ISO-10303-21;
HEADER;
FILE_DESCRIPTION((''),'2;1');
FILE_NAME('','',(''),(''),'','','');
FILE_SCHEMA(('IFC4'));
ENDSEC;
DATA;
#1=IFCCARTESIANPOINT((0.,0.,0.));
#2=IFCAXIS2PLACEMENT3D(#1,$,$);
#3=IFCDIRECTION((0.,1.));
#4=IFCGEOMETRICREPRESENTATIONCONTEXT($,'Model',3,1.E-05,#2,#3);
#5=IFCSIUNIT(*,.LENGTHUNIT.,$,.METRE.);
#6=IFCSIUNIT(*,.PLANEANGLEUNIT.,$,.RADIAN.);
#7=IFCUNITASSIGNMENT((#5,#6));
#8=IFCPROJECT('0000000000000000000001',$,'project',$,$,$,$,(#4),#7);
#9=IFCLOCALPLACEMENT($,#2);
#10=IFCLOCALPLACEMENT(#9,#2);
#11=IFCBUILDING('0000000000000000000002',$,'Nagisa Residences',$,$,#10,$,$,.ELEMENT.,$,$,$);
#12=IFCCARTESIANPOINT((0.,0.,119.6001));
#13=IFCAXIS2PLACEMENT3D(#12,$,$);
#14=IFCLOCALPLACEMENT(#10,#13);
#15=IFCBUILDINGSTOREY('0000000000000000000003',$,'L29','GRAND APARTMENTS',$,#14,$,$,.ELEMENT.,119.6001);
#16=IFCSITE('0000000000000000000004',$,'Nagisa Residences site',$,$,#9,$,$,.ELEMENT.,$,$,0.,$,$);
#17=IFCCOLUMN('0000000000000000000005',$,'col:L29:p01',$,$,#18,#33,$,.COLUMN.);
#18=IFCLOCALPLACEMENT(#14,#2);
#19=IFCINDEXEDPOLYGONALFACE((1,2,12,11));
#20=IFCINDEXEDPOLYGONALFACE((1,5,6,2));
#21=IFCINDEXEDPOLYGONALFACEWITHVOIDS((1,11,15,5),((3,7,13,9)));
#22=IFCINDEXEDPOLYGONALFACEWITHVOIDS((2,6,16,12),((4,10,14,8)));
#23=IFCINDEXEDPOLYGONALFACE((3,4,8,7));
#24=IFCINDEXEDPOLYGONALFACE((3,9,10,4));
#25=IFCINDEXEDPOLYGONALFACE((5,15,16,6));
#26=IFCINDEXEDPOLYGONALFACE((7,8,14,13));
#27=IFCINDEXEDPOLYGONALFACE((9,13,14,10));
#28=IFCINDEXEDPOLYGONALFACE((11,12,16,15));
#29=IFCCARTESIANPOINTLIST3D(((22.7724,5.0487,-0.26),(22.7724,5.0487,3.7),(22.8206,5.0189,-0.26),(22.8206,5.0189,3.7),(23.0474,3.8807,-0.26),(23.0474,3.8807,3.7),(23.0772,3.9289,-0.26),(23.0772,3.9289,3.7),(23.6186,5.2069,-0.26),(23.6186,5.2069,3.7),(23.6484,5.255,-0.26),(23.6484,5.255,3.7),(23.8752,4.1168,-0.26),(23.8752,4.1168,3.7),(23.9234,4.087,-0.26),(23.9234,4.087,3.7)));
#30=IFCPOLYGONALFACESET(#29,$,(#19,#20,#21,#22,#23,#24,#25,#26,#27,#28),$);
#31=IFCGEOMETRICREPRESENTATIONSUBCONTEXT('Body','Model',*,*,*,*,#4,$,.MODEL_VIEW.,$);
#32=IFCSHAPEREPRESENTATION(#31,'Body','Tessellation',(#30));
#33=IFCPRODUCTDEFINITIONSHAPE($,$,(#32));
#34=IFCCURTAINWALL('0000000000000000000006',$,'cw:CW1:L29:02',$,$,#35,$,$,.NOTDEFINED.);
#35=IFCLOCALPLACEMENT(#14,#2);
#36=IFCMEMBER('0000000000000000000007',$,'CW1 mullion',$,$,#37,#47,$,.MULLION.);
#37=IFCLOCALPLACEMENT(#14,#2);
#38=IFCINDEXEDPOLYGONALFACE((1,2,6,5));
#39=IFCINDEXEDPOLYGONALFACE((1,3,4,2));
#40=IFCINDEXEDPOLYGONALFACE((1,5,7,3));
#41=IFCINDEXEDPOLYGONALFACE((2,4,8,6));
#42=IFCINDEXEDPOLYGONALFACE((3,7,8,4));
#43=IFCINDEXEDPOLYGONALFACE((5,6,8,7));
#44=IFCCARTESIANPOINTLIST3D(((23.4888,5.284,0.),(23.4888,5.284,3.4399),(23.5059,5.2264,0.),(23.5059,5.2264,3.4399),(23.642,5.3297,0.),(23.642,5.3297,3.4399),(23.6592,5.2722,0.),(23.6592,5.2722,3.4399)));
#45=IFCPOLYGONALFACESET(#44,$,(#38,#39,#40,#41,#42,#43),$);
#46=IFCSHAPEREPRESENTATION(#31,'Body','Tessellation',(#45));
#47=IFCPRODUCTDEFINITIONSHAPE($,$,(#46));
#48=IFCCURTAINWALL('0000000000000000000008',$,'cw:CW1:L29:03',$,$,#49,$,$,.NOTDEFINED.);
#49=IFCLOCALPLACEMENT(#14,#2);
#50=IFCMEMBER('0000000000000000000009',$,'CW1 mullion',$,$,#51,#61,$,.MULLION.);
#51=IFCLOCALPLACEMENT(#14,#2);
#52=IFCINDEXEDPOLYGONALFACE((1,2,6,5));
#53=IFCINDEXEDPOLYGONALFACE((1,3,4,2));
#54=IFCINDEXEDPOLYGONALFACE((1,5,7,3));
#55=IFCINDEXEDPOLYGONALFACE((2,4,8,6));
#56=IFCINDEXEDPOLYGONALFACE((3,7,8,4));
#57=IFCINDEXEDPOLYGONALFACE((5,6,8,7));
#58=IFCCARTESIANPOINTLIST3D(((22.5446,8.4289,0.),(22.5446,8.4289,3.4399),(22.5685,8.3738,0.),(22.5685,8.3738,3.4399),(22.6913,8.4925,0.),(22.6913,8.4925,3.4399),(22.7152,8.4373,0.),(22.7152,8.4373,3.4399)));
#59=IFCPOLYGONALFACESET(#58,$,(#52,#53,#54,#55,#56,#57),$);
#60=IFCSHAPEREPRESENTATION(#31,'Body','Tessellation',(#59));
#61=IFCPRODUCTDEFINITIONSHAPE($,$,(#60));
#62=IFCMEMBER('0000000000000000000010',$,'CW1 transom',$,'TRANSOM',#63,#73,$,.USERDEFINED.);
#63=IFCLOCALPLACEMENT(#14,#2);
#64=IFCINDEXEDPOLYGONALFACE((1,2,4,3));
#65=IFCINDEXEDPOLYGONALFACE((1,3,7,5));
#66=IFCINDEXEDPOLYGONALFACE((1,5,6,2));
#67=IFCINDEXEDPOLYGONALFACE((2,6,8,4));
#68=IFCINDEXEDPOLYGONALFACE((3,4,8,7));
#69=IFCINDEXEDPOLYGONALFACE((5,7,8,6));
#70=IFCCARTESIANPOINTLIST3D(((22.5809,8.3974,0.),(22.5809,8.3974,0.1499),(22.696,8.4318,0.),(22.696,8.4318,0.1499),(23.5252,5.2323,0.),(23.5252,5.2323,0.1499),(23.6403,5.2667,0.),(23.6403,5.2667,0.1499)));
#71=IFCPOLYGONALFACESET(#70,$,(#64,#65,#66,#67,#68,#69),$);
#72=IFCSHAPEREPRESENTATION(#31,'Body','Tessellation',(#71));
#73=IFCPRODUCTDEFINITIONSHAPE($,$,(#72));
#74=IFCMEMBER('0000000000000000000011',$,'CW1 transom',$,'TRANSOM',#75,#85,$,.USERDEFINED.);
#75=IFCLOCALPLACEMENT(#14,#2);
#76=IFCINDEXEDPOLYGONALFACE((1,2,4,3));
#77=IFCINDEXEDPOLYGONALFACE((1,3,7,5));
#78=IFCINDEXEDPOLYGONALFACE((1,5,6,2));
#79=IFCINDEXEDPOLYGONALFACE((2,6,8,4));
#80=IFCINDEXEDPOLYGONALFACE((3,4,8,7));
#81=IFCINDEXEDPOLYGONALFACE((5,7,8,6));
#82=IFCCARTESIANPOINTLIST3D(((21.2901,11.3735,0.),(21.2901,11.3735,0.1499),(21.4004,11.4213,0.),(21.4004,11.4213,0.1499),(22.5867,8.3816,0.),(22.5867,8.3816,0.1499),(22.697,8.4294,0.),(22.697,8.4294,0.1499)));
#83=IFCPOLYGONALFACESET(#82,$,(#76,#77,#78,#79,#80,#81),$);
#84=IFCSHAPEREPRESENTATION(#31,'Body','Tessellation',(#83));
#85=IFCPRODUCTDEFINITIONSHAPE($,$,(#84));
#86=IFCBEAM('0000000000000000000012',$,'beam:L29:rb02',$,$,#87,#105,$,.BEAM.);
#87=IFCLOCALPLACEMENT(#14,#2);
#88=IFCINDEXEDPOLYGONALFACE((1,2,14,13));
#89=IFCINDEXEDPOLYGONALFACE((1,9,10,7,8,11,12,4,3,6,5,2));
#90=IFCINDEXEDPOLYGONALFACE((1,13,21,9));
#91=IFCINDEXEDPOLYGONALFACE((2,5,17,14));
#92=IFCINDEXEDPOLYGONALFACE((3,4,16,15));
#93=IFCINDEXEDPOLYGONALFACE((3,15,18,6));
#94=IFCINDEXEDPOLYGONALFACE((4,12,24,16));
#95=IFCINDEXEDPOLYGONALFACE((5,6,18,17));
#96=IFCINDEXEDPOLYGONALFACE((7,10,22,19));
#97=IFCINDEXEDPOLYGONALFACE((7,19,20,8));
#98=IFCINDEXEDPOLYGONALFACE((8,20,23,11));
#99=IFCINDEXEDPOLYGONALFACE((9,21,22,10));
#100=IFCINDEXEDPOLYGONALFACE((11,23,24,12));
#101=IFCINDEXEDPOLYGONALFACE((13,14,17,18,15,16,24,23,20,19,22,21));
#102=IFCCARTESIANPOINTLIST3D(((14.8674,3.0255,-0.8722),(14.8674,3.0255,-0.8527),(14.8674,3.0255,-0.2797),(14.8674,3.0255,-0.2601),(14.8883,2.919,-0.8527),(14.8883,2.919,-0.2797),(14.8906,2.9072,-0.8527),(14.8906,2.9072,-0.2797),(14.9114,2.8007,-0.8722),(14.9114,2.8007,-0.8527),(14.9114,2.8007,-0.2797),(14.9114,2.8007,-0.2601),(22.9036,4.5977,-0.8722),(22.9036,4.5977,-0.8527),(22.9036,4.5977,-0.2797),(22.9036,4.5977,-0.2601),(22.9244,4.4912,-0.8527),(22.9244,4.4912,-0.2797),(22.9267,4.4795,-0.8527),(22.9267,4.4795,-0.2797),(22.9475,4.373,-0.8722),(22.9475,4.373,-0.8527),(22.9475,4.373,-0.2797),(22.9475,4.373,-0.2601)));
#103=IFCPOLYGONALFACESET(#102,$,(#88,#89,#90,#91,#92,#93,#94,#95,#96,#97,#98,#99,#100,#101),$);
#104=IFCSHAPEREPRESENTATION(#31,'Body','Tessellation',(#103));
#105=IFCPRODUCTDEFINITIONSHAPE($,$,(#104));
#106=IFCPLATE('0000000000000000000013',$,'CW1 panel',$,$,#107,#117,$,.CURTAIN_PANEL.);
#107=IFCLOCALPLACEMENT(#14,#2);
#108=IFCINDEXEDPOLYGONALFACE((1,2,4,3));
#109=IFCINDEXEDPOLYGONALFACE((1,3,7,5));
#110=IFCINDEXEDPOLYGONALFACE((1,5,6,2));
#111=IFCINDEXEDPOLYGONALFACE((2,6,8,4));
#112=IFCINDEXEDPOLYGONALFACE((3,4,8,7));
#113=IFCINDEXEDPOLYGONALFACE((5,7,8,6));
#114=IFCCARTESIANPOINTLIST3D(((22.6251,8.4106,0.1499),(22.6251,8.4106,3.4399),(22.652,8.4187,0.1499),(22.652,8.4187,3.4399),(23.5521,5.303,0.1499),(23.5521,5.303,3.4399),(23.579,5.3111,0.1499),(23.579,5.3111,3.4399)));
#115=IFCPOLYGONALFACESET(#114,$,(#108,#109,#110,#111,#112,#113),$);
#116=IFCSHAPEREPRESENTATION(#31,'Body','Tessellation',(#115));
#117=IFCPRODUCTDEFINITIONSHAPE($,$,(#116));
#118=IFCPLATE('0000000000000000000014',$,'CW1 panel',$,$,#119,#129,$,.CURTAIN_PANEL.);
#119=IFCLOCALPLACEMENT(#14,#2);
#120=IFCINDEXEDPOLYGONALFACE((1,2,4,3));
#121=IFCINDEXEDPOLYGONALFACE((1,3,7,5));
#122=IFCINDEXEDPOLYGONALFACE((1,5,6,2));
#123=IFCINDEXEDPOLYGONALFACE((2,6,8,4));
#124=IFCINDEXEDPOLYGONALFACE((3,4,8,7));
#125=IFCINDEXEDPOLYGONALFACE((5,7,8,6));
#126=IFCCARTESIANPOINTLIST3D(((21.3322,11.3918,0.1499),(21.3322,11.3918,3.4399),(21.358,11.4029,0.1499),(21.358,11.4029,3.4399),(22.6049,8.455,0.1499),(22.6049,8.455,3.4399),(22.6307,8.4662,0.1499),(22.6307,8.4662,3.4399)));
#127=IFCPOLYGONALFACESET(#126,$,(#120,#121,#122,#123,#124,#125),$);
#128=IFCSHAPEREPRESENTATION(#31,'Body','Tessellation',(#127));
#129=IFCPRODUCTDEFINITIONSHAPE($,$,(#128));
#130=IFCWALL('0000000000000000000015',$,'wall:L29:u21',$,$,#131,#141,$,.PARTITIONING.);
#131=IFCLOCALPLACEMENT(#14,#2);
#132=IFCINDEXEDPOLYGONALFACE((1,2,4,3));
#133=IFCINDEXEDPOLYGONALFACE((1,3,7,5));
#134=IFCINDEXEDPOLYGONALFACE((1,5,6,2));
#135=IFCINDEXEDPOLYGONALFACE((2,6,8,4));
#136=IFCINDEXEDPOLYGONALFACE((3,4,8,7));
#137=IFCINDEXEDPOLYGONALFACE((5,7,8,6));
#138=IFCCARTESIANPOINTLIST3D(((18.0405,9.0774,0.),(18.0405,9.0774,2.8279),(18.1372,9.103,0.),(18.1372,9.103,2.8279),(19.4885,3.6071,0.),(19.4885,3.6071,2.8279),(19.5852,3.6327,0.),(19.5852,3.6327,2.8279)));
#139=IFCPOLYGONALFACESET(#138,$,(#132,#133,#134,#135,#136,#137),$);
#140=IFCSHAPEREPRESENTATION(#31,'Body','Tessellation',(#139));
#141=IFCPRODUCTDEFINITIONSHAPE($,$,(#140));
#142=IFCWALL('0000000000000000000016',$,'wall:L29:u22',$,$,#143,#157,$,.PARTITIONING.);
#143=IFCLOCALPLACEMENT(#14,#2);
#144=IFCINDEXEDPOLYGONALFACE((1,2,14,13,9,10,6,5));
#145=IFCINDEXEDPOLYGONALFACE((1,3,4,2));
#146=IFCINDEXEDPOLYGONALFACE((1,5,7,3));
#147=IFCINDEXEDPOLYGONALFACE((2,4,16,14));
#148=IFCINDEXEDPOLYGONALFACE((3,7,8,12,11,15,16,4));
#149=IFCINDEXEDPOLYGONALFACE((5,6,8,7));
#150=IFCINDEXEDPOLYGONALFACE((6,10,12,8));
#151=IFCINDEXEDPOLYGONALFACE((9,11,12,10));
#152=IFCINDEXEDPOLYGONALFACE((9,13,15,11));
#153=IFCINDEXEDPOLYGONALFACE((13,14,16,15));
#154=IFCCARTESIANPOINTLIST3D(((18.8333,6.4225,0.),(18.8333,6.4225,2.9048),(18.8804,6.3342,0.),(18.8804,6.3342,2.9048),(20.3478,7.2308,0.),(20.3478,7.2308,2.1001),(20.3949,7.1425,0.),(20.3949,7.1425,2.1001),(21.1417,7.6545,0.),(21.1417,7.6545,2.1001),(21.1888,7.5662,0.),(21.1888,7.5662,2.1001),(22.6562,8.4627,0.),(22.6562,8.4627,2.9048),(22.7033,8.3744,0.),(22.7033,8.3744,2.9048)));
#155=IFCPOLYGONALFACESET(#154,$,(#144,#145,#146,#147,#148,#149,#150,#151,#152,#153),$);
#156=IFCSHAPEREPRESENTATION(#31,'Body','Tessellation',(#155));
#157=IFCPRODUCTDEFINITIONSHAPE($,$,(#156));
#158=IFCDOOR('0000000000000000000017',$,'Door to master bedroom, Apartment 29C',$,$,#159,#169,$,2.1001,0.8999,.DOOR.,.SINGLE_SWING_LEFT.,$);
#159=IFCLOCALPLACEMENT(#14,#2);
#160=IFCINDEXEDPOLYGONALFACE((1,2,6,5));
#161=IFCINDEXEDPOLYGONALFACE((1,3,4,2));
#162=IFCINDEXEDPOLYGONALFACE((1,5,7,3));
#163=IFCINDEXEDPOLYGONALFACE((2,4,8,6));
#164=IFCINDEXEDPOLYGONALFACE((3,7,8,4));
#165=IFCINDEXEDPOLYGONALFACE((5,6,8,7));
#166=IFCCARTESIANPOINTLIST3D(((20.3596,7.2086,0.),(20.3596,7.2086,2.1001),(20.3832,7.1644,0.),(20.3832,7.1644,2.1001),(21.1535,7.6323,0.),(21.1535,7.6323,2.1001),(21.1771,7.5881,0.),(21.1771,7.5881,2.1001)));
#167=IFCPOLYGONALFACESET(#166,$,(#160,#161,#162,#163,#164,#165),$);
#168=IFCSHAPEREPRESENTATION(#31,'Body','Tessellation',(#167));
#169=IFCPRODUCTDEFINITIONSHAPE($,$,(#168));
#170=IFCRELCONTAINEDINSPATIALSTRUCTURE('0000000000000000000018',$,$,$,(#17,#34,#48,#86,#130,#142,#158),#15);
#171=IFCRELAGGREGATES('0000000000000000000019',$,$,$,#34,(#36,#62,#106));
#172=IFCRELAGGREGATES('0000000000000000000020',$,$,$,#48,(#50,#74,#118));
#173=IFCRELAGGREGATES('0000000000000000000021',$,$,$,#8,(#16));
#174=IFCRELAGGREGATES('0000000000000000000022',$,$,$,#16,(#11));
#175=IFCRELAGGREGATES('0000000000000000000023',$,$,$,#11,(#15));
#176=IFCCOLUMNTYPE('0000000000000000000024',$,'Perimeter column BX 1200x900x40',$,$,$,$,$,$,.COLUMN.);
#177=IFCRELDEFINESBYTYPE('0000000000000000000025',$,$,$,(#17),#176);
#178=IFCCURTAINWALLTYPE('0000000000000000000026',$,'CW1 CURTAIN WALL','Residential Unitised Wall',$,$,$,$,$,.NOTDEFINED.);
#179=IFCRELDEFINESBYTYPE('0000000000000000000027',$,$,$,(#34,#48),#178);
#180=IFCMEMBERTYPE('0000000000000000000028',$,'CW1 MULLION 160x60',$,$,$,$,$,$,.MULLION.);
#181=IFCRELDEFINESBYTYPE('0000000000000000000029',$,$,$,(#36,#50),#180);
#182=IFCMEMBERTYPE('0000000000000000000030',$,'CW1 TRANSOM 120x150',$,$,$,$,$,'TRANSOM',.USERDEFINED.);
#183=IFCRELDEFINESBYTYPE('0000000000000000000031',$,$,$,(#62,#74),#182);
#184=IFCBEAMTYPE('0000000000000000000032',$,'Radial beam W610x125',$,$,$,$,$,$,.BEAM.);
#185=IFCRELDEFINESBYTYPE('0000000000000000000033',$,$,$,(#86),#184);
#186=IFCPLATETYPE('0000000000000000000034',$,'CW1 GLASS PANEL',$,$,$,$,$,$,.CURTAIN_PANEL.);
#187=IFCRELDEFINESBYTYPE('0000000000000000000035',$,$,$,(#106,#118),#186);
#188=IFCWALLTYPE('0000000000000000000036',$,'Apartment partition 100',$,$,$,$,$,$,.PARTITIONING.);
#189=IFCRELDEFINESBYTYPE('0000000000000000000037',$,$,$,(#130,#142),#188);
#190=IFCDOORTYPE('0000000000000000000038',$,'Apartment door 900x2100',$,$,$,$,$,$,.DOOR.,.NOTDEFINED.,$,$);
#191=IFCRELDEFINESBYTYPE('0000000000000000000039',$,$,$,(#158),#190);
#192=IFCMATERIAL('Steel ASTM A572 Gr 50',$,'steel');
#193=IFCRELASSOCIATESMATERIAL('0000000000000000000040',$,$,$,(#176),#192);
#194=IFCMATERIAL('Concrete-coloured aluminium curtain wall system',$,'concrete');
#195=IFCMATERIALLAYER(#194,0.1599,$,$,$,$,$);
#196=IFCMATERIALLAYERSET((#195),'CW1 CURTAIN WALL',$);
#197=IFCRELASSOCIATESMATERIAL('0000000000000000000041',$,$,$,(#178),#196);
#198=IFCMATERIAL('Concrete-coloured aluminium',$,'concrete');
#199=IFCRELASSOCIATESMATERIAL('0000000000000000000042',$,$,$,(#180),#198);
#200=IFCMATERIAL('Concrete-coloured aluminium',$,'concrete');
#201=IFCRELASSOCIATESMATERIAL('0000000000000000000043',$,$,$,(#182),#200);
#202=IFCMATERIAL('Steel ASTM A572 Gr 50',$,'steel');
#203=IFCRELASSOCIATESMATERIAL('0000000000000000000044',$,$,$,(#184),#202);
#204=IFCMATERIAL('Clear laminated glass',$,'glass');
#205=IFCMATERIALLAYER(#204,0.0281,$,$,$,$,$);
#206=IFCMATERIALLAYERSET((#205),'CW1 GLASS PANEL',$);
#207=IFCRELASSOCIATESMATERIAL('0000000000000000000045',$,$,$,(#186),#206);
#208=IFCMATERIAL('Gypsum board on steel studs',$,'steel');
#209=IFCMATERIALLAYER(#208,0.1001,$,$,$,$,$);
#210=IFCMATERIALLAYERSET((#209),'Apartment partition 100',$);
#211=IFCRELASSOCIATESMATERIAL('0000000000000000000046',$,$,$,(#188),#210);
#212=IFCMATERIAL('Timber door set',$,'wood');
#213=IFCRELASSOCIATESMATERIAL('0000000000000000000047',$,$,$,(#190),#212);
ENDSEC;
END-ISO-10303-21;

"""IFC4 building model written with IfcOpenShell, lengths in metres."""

from ifc_helpers import new_model, si_unit, direction, frame, frame_2d, origin, origin_2d, place, context, subcontext, project, spatial, rectangle, hollow_rectangle, i_section, extrude, material, layer, layer_set, material_profile, profile_set, type_object, element, fill, aggregate, save


model = new_model("IFC4")

# Units and contexts
model_context = context("Model", 3, precision=1e-05, world=origin(), true_north=direction((0.0, 1.0)))
body_context = subcontext(model_context, "Body", "Model", "MODEL_VIEW")
ifc_project = project(units=[si_unit("LENGTHUNIT", "METRE"), si_unit("PLANEANGLEUNIT", "RADIAN")], contexts=[model_context])

# Site, building, storey
site_placement = place(None, origin())
site = spatial("IfcSite", under=ifc_project, at=site_placement, Name="Nagisa Residences site", CompositionType="ELEMENT", RefElevation=0.0)
building_placement = place(site_placement, origin())
building = spatial("IfcBuilding", under=site, at=building_placement, Name="Nagisa Residences", CompositionType="ELEMENT")
storey_placement = place(building_placement, frame((0.0, 0.0, 119.6001)))
storey = spatial("IfcBuildingStorey", under=building, at=storey_placement, Name="L29", Description="GRAND APARTMENTS", CompositionType="ELEMENT", Elevation=119.6001)

# Column
ifc_material_1 = material(Name="Steel ASTM A572 Gr 50", Category="steel")
ifc_material_profile_1 = material_profile(ifc_material_1, hollow_rectangle(XDim=1.2, YDim=0.8999, WallThickness=0.04, at=origin_2d()), Name="BX 1200x900x40")
ifc_profile_set_1 = profile_set([ifc_material_profile_1], Name="Steel ASTM A572 Gr 50")
column_type = type_object("IfcColumnType", Name="Perimeter column BX 1200x900x40", PredefinedType="COLUMN", material=ifc_profile_set_1)
column_placement = place(storey_placement, frame((23.3479, 4.5679, -0.26), z_axis=(0.0, 0.0, 1.0), x_axis=(-0.229202, 0.973379, 0.0)))
element("IfcColumn", 1, at=column_placement, inside=storey, type_object=column_type, Name="col:L29:p01", PredefinedType="COLUMN", context=body_context, shape_type="SweptSolid", body=[
    extrude(hollow_rectangle(XDim=1.2, YDim=0.8999, WallThickness=0.04, at=origin_2d()), origin(), (0.0, 0.0, 1.0), 3.96),
])

# Curtain walls, members
ifc_material_2 = material(Name="Concrete-coloured aluminium curtain wall system", Category="concrete")
ifc_layer_1 = layer(ifc_material_2, 0.1599)
ifc_layer_set_1 = layer_set([ifc_layer_1], Name="CW1 CURTAIN WALL")
curtain_wall_type = type_object("IfcCurtainWallType", Name="CW1 CURTAIN WALL", Description="Residential Unitised Wall", PredefinedType="NOTDEFINED", material=ifc_layer_set_1)
curtain_wall_1_placement = place(storey_placement, origin())
curtain_wall_1 = element("IfcCurtainWall", 2, at=curtain_wall_1_placement, inside=storey, type_object=curtain_wall_type, Name="cw:CW1:L29:02", PredefinedType="NOTDEFINED")
ifc_material_3 = material(Name="Concrete-coloured aluminium", Category="concrete")
ifc_material_profile_2 = material_profile(ifc_material_3, rectangle(XDim=0.1599, YDim=0.0601, at=origin_2d()), Name="CW1 MULLION 160x60")
ifc_profile_set_2 = profile_set([ifc_material_profile_2], Name="Concrete-coloured aluminium")
member_type_1 = type_object("IfcMemberType", Name="CW1 MULLION 160x60", PredefinedType="MULLION", material=ifc_profile_set_2)
member_1_placement = place(storey_placement, frame((23.574, 5.2781, 0.0), z_axis=(0.0, 0.0, 1.0), x_axis=(-0.958271, -0.28586, 0.0)))
member_1 = element("IfcMember", 3, at=member_1_placement, type_object=member_type_1, Name="CW1 mullion", PredefinedType="MULLION", context=body_context, shape_type="SweptSolid", body=[
    extrude(rectangle(XDim=0.1599, YDim=0.0601, at=origin_2d()), origin(), (0.0, 0.0, 1.0), 3.4399),
])
curtain_wall_2_placement = place(storey_placement, origin())
curtain_wall_2 = element("IfcCurtainWall", 4, at=curtain_wall_2_placement, inside=storey, type_object=curtain_wall_type, Name="cw:CW1:L29:03", PredefinedType="NOTDEFINED")
member_2_placement = place(storey_placement, frame((22.6299, 8.4331, 0.0), z_axis=(0.0, 0.0, 1.0), x_axis=(-0.917543, -0.397636, 0.0)))
member_2 = element("IfcMember", 5, at=member_2_placement, type_object=member_type_1, Name="CW1 mullion", PredefinedType="MULLION", context=body_context, shape_type="SweptSolid", body=[
    extrude(rectangle(XDim=0.1599, YDim=0.0601, at=origin_2d()), origin(), (0.0, 0.0, 1.0), 3.4399),
])

# Members
ifc_material_4 = material(Name="Concrete-coloured aluminium", Category="concrete")
ifc_material_profile_3 = material_profile(ifc_material_4, rectangle(XDim=0.1201, YDim=0.1499, at=origin_2d()), Name="CW1 TRANSOM 120x150")
ifc_profile_set_3 = profile_set([ifc_material_profile_3], Name="Concrete-coloured aluminium")
member_type_2 = type_object("IfcMemberType", Name="CW1 TRANSOM 120x150", ElementType="TRANSOM", PredefinedType="USERDEFINED", material=ifc_profile_set_3)
member_3_placement = place(storey_placement, frame((23.5828, 5.2495, 0.075), z_axis=(-0.28591, 0.958257, 0.0), x_axis=(-0.958257, -0.28591, 0.0)))
member_3 = element("IfcMember", 6, at=member_3_placement, type_object=member_type_2, Name="CW1 transom", ObjectType="TRANSOM", PredefinedType="USERDEFINED", context=body_context, shape_type="SweptSolid", body=[
    extrude(rectangle(XDim=0.1201, YDim=0.1499, at=origin_2d()), origin(), (0.0, 0.0, 1.0), 3.303),
])
member_4_placement = place(storey_placement, frame((22.6418, 8.4055, 0.075), z_axis=(-0.397639, 0.917542, 0.0), x_axis=(-0.917542, -0.397639, 0.0)))
member_4 = element("IfcMember", 7, at=member_4_placement, type_object=member_type_2, Name="CW1 transom", ObjectType="TRANSOM", PredefinedType="USERDEFINED", context=body_context, shape_type="SweptSolid", body=[
    extrude(rectangle(XDim=0.1201, YDim=0.1499, at=origin_2d()), origin(), (0.0, 0.0, 1.0), 3.2607),
])

# Beam
ifc_material_5 = material(Name="Steel ASTM A572 Gr 50", Category="steel")
ifc_material_profile_4 = material_profile(ifc_material_5, i_section(OverallWidth=0.229, OverallDepth=0.6121, WebThickness=0.012, FlangeThickness=0.0195, at=origin_2d()), Name="W610x125")
ifc_profile_set_4 = profile_set([ifc_material_profile_4], Name="Steel ASTM A572 Gr 50")
beam_type = type_object("IfcBeamType", Name="Radial beam W610x125", PredefinedType="BEAM", material=ifc_profile_set_4)
beam_placement = place(storey_placement, frame((22.9255, 4.4854, -0.5662), z_axis=(-0.981393, -0.192009, 0.0), x_axis=(0.192009, -0.981393, 0.0)))
element("IfcBeam", 8, at=beam_placement, inside=storey, type_object=beam_type, Name="beam:L29:rb02", PredefinedType="BEAM", context=body_context, shape_type="SweptSolid", body=[
    extrude(i_section(OverallWidth=0.229, OverallDepth=0.6121, WebThickness=0.012, FlangeThickness=0.0195, at=origin_2d()), origin(), (0.0, 0.0, 1.0), 8.1885),
])

# Plates
ifc_material_6 = material(Name="Clear laminated glass", Category="glass")
ifc_layer_2 = layer(ifc_material_6, 0.0281)
ifc_layer_set_2 = layer_set([ifc_layer_2], Name="CW1 GLASS PANEL")
plate_type = type_object("IfcPlateType", Name="CW1 GLASS PANEL", PredefinedType="CURTAIN_PANEL", material=ifc_layer_set_2)
plate_1_placement = place(storey_placement, frame((23.1021, 6.8608, 0.1499), z_axis=(0.0, 0.0, 1.0), x_axis=(-0.28586, 0.958271, 0.0)))
plate_1 = element("IfcPlate", 9, at=plate_1_placement, type_object=plate_type, Name="CW1 panel", PredefinedType="CURTAIN_PANEL", context=body_context, shape_type="SweptSolid", body=[
    extrude(rectangle(XDim=3.2429, YDim=0.0281, at=origin_2d()), origin(), (0.0, 0.0, 1.0), 3.29),
])
aggregate(curtain_wall_1, [member_1, member_3, plate_1])
plate_2_placement = place(storey_placement, frame((21.9814, 9.929, 0.1499), z_axis=(0.0, 0.0, 1.0), x_axis=(-0.397636, 0.917543, 0.0)))
plate_2 = element("IfcPlate", 10, at=plate_2_placement, type_object=plate_type, Name="CW1 panel", PredefinedType="CURTAIN_PANEL", context=body_context, shape_type="SweptSolid", body=[
    extrude(rectangle(XDim=3.2007, YDim=0.0281, at=origin_2d()), origin(), (0.0, 0.0, 1.0), 3.29),
])
aggregate(curtain_wall_2, [member_2, member_4, plate_2])

# Wall
ifc_material_7 = material(Name="Gypsum board on steel studs", Category="steel")
ifc_layer_3 = layer(ifc_material_7, 0.1001)
ifc_layer_set_3 = layer_set([ifc_layer_3], Name="Apartment partition 100")
wall_type_1 = type_object("IfcWallType", Name="Apartment partition 100", PredefinedType="PARTITIONING", material=ifc_layer_set_3)
wall_1_placement = place(storey_placement, frame((19.5369, 3.6199, 0.0), z_axis=(0.0, 0.0, 1.0), x_axis=(-0.255893, 0.966705, 0.0)))
element("IfcWall", 11, at=wall_1_placement, inside=storey, type_object=wall_type_1, Name="wall:L29:u21", PredefinedType="PARTITIONING", context=body_context, shape_type="SweptSolid", body=[
    extrude(rectangle(XDim=5.6587, YDim=0.1001, at=frame_2d((2.8293, 0.0))), origin(), (0.0, 0.0, 1.0), 2.8279),
])

# Wall, opening, door
wall_2_placement = place(storey_placement, frame((18.8569, 6.3784, 0.0), z_axis=(0.0, 0.0, 1.0), x_axis=(0.882223, 0.470831, 0.0)))
wall_2 = element("IfcWall", 12, at=wall_2_placement, inside=storey, type_object=wall_type_1, Name="wall:L29:u22", PredefinedType="PARTITIONING", context=body_context, shape_type="SweptSolid", body=[
    extrude(rectangle(XDim=4.3333, YDim=0.1001, at=frame_2d((2.1665, 0.0))), origin(), (0.0, 0.0, 1.0), 2.9048),
])
opening_1_placement = place(wall_2_placement, frame((1.7166, 0.0, 0.0)))
opening_1 = element("IfcOpeningElement", 13, at=opening_1_placement, cuts=wall_2, PredefinedType="OPENING", context=body_context, shape_type="SweptSolid", body=[
    extrude(rectangle(XDim=0.8999, YDim=2.1001, at=frame_2d((0.45, 1.05))), frame((0.0, 0.0601, 0.0), z_axis=(0.0, -1.0, 0.0), x_axis=(1.0, 0.0, 0.0)), (0.0, 0.0, 1.0), 0.1201),
])
ifc_material_8 = material(Name="Timber door set", Category="wood")
door_type_1 = type_object("IfcDoorType", Name="Apartment door 900x2100", OperationType="NOTDEFINED", PredefinedType="DOOR", material=ifc_material_8)
door_1_placement = place(opening_1_placement, origin())
door_1 = element("IfcDoor", 14, at=door_1_placement, inside=storey, type_object=door_type_1, Name="Door to master bedroom, Apartment 29C", OperationType="SINGLE_SWING_LEFT", OverallHeight=2.1001, OverallWidth=0.8999, PredefinedType="DOOR", context=body_context, shape_type="SweptSolid", body=[
    extrude(rectangle(XDim=0.8999, YDim=2.1001, at=frame_2d((0.45, 1.05))), frame((0.0, 0.0249, 0.0), z_axis=(0.0, -1.0, 0.0), x_axis=(1.0, 0.0, 0.0)), (0.0, 0.0, 1.0), 0.05),
])
fill(opening_1, door_1)

save(model, "model.ifc")
